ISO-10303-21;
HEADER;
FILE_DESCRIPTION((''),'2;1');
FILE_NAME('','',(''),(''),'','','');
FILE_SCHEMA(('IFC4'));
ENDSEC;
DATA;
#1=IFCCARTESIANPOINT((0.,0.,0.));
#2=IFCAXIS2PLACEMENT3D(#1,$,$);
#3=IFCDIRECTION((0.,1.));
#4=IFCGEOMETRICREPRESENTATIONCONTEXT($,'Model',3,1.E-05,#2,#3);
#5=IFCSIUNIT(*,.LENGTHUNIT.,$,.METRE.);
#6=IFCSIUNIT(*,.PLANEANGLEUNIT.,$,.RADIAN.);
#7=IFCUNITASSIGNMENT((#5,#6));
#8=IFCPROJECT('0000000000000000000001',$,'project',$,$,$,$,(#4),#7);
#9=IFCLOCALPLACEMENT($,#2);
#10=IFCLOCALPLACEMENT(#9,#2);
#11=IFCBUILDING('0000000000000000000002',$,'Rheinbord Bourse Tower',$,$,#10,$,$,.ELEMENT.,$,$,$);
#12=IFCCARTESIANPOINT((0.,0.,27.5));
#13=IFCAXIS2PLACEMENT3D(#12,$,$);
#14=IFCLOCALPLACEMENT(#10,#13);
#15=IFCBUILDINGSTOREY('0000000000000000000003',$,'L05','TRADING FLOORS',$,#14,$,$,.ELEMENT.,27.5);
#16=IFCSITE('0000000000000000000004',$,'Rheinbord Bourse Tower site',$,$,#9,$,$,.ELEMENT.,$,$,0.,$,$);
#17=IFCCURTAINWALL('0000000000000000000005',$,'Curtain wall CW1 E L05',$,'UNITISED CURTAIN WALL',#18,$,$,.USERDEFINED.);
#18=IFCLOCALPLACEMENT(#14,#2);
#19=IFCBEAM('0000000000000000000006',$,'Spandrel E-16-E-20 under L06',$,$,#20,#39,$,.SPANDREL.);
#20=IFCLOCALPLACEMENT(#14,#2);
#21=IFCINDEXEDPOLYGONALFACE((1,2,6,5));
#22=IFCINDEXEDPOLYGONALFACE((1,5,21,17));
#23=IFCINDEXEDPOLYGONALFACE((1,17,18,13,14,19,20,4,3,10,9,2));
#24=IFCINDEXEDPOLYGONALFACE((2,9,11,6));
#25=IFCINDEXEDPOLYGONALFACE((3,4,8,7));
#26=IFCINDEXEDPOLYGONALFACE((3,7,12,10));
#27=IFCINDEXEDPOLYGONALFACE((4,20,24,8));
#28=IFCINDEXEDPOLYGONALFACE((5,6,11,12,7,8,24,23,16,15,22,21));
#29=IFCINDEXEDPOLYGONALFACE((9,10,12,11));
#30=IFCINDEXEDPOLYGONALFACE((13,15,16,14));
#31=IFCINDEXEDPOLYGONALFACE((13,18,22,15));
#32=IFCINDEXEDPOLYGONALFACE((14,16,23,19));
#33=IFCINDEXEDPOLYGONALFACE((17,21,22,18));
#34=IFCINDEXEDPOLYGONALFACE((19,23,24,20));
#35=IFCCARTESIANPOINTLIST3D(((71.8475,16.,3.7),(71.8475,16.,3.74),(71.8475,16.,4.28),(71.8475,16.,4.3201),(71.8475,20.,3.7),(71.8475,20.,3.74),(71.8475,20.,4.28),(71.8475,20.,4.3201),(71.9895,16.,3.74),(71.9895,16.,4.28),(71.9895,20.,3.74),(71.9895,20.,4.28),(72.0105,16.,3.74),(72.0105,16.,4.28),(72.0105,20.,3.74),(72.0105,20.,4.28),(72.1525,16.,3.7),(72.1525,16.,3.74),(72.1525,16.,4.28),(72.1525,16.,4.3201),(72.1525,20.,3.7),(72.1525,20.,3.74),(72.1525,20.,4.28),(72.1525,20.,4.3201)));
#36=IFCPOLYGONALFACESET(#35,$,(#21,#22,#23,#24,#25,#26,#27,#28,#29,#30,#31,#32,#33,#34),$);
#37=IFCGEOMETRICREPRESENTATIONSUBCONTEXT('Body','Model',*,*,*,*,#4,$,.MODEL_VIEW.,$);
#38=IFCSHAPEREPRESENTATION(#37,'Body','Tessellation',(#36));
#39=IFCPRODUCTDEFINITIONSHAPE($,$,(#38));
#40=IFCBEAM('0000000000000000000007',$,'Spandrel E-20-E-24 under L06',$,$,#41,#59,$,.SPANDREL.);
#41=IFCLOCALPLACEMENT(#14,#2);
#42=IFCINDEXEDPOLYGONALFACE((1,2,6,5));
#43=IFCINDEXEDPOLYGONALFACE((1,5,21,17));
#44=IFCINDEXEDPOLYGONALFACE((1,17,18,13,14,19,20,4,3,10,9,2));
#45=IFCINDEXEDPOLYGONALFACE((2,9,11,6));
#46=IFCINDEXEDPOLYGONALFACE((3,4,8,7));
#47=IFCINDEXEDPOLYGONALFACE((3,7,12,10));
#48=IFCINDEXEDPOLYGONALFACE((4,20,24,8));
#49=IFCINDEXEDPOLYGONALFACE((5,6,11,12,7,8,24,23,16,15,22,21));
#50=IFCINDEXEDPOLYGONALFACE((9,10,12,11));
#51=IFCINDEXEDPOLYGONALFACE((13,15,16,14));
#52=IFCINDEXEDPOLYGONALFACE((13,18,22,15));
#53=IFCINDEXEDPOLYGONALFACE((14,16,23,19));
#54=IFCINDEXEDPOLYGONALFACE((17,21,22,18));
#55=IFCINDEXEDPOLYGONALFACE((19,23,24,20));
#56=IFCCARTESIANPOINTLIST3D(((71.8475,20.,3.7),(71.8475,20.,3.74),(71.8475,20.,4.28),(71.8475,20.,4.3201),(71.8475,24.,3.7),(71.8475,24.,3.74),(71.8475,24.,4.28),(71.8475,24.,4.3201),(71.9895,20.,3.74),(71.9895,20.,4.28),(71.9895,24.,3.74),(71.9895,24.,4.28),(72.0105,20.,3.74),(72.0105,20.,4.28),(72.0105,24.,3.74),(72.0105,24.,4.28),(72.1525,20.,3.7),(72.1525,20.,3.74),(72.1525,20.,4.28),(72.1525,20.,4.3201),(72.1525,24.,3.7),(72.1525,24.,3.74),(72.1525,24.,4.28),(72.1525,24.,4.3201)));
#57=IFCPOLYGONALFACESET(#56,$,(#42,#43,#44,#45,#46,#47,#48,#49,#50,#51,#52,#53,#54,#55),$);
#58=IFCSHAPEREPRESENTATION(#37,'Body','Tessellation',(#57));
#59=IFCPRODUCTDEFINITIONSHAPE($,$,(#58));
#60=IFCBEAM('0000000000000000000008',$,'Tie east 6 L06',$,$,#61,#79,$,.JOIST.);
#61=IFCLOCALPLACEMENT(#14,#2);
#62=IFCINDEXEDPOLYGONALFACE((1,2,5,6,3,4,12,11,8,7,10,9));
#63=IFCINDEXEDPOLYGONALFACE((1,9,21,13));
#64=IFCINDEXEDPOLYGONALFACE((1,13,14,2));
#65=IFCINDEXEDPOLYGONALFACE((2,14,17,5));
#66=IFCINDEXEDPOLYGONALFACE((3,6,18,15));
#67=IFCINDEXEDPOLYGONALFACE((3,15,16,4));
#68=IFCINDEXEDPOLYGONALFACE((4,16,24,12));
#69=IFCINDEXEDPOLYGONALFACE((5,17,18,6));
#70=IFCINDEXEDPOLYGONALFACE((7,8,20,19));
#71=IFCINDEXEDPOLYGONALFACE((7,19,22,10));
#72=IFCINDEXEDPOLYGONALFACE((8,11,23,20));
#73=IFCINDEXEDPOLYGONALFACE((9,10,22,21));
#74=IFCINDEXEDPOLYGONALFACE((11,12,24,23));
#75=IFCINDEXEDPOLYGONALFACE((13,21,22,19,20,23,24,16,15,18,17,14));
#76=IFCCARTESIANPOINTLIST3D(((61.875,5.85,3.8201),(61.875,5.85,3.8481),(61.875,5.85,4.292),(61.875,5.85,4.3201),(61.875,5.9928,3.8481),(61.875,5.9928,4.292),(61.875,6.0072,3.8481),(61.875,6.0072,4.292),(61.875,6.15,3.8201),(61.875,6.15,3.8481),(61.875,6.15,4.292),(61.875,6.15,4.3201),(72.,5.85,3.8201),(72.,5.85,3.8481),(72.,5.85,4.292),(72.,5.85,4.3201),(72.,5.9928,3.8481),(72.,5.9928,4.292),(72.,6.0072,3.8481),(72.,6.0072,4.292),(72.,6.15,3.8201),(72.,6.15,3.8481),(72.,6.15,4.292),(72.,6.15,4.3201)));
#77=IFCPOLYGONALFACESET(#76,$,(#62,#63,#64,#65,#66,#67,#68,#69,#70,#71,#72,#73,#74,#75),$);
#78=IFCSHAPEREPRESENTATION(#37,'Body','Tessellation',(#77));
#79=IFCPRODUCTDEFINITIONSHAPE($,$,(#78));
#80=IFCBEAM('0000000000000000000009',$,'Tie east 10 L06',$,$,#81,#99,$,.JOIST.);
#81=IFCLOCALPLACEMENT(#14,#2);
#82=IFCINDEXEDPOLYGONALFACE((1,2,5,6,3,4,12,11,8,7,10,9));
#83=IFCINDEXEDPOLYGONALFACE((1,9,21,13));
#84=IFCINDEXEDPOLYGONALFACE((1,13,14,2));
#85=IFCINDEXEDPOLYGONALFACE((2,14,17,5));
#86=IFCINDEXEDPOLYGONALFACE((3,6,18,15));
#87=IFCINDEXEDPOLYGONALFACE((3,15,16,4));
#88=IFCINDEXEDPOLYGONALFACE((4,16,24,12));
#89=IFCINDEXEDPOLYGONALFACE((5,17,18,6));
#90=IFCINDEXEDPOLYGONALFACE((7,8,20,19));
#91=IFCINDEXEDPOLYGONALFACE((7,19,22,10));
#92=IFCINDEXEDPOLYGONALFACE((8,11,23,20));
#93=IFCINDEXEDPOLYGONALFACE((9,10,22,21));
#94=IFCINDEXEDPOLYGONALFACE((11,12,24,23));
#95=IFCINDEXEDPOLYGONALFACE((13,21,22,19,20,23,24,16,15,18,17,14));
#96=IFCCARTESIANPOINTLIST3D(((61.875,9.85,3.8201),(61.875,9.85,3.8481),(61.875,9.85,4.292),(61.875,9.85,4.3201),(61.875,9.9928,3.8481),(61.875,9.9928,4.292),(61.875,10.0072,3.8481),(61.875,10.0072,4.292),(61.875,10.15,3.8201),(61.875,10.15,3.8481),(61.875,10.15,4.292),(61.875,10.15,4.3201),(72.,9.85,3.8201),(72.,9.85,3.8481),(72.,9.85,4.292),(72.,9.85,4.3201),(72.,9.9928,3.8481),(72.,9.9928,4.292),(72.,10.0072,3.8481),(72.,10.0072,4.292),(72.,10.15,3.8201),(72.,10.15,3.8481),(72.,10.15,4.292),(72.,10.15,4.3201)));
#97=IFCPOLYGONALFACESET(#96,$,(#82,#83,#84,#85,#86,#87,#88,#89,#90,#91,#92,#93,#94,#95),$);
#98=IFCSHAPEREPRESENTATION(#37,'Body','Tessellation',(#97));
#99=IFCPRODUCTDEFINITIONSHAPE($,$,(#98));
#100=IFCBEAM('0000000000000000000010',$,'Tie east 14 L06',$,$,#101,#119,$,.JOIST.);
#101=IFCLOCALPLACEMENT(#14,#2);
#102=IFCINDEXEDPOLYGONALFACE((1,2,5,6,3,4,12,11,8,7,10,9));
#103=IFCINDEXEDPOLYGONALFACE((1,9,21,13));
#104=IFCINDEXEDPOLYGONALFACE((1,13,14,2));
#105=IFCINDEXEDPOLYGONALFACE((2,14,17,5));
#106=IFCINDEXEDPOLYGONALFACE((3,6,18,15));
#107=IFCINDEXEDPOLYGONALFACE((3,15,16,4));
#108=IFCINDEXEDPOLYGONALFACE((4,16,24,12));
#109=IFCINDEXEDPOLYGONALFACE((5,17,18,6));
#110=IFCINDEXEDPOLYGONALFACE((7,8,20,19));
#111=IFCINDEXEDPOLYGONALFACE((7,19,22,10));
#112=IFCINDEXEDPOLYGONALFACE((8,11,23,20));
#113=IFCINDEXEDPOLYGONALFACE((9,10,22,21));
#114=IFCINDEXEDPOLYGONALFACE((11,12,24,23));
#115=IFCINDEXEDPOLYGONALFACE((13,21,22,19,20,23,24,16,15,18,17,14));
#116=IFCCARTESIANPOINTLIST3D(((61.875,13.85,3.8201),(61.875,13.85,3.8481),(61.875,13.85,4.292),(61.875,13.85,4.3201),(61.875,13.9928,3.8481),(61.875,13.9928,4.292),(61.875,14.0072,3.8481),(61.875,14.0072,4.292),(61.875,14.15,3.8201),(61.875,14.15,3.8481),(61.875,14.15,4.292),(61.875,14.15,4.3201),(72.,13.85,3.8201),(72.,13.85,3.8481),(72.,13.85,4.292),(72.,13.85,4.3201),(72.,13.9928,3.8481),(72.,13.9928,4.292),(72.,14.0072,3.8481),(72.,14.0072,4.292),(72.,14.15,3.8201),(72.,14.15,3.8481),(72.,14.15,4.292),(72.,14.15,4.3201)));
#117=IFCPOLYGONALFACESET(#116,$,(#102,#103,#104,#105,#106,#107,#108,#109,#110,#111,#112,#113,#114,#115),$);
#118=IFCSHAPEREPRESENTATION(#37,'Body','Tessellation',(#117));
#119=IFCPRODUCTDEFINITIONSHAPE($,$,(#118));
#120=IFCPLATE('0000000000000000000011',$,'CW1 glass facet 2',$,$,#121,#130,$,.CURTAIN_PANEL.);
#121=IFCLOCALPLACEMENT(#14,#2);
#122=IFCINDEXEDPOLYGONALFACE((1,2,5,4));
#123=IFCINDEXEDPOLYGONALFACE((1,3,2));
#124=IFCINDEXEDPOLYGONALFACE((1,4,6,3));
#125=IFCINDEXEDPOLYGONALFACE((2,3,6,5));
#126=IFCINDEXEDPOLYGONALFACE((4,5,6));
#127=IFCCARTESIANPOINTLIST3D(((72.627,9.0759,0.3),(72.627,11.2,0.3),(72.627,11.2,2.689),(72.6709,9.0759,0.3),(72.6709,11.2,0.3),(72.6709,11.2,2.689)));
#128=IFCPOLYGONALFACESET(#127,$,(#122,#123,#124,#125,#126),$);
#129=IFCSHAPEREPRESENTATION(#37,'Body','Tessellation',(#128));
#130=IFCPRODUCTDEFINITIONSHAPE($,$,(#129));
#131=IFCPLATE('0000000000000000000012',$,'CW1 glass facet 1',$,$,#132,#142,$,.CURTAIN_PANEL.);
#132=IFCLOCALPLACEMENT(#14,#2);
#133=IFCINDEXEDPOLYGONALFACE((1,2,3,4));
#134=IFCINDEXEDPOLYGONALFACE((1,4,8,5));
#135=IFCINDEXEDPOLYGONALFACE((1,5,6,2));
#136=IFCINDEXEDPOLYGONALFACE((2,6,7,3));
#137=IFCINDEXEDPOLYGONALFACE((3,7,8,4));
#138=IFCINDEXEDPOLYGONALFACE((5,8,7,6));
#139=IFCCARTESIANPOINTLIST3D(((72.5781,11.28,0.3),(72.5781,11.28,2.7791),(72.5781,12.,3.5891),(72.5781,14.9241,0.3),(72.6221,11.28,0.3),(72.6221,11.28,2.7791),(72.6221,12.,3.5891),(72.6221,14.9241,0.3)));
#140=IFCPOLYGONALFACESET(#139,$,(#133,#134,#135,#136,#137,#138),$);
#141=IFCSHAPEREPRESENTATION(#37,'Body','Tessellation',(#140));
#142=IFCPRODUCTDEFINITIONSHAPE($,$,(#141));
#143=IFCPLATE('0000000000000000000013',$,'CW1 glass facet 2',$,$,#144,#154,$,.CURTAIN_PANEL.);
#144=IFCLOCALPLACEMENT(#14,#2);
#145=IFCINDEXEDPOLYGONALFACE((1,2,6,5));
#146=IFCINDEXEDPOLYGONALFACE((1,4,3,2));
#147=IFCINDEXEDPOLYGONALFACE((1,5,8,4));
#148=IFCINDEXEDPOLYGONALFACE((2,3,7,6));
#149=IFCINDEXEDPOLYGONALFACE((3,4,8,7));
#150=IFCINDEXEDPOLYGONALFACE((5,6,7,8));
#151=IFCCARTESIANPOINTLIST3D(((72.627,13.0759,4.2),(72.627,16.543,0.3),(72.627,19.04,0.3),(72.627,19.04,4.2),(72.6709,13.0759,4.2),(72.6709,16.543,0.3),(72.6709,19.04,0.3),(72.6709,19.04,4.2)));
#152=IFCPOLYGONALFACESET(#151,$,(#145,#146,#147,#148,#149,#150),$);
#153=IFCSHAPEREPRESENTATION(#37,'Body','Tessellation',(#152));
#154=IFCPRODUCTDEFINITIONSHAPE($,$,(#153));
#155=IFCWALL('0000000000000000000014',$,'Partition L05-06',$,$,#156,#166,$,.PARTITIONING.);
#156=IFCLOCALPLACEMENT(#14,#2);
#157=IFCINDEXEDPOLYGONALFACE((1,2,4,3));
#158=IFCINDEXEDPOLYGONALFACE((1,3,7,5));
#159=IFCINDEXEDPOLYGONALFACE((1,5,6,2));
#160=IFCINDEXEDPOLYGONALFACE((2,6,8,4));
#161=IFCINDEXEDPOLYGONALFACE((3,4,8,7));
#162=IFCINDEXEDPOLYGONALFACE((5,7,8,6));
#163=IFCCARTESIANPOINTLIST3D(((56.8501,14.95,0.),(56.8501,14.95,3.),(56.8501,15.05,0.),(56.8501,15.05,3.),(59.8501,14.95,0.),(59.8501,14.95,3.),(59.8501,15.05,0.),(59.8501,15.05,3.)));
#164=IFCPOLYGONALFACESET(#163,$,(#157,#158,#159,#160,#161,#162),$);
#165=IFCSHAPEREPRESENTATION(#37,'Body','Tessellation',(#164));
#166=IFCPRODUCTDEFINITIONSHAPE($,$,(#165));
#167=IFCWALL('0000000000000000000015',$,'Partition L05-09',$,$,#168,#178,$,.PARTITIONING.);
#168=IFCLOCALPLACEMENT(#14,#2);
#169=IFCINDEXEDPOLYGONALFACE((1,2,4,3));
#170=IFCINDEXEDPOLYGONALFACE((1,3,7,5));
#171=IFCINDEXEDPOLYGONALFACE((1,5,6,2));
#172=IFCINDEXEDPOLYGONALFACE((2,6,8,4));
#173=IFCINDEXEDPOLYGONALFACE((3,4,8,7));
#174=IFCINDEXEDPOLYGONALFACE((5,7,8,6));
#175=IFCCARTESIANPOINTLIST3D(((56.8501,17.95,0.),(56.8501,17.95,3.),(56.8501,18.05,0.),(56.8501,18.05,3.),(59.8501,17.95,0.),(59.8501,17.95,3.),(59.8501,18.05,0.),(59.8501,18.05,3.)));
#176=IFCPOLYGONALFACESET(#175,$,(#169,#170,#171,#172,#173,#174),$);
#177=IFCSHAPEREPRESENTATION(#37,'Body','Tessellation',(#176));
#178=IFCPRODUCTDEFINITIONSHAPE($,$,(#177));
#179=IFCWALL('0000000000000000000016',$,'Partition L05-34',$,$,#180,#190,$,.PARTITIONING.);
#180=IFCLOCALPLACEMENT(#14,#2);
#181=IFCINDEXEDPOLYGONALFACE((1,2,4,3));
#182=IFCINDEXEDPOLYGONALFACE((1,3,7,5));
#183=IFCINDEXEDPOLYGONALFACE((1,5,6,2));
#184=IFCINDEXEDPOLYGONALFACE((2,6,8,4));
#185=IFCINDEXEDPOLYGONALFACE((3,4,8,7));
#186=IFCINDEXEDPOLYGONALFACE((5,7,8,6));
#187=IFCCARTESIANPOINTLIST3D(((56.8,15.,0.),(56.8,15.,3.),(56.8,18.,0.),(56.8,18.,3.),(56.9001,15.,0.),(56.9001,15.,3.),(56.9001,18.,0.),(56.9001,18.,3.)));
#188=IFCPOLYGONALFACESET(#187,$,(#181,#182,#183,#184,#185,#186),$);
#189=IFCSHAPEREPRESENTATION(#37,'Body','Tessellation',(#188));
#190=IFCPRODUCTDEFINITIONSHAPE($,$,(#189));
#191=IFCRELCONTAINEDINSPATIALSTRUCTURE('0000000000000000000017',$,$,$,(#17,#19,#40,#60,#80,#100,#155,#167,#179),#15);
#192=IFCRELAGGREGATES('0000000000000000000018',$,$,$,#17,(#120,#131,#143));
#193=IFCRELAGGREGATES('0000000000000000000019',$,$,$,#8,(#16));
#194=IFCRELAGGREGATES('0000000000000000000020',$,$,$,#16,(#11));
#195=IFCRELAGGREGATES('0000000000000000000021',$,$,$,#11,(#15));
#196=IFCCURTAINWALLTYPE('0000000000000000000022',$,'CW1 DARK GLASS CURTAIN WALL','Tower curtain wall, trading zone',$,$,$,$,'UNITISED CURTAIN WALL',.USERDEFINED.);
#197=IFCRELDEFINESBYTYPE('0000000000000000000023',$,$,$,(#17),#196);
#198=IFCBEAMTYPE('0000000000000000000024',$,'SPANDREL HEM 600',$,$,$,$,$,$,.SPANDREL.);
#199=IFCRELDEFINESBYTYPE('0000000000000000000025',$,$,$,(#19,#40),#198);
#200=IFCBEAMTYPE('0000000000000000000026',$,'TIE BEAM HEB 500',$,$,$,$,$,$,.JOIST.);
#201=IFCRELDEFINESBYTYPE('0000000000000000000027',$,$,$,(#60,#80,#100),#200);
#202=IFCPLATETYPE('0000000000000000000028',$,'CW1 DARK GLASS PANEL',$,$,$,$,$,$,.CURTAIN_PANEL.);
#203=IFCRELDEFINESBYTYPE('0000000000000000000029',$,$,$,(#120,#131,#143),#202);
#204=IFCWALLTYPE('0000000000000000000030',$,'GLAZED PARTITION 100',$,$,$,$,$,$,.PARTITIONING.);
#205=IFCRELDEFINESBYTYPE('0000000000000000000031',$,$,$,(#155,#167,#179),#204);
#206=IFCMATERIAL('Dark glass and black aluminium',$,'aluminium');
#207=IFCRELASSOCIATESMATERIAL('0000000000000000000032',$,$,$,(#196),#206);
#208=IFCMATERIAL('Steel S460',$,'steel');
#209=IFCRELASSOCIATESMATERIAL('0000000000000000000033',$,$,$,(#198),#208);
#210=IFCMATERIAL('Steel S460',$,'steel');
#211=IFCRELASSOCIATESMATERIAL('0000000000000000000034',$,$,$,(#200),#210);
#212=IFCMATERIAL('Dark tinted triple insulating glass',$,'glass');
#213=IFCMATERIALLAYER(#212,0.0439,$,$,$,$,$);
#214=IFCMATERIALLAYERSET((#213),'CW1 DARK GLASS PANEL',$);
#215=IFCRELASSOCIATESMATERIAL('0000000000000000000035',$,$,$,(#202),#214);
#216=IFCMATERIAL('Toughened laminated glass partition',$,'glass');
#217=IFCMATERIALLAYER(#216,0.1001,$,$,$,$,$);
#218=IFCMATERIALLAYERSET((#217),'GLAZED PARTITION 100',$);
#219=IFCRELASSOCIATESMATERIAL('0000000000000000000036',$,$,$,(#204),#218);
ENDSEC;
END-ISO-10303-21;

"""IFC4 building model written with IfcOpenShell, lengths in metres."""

from ifc_helpers import new_model, si_unit, direction, frame, frame_2d, origin, origin_2d, place, context, subcontext, project, spatial, polyline, rectangle, i_section, outline, extrude, material, layer, layer_set, material_profile, profile_set, type_object, element, aggregate, save


model = new_model("IFC4")

# Units and contexts
model_context = context("Model", 3, precision=1e-05, world=origin(), true_north=direction((0.0, 1.0)))
body_context = subcontext(model_context, "Body", "Model", "MODEL_VIEW")
ifc_project = project(units=[si_unit("LENGTHUNIT", "METRE"), si_unit("PLANEANGLEUNIT", "RADIAN")], contexts=[model_context])

# Site, building, storey
site_placement = place(None, origin())
site = spatial("IfcSite", under=ifc_project, at=site_placement, Name="Rheinbord Bourse Tower site", CompositionType="ELEMENT", RefElevation=0.0)
building_placement = place(site_placement, origin())
building = spatial("IfcBuilding", under=site, at=building_placement, Name="Rheinbord Bourse Tower", CompositionType="ELEMENT")
storey_placement = place(building_placement, frame((0.0, 0.0, 27.5)))
storey = spatial("IfcBuildingStorey", under=building, at=storey_placement, Name="L05", Description="TRADING FLOORS", CompositionType="ELEMENT", Elevation=27.5)

# Curtain wall
ifc_material_1 = material(Name="Dark glass and black aluminium", Category="aluminium")
curtain_wall_type = type_object("IfcCurtainWallType", Name="CW1 DARK GLASS CURTAIN WALL", Description="Tower curtain wall, trading zone", ElementType="UNITISED CURTAIN WALL", PredefinedType="USERDEFINED", material=ifc_material_1)
curtain_wall_placement = place(storey_placement, origin())
curtain_wall = element("IfcCurtainWall", 1, at=curtain_wall_placement, inside=storey, type_object=curtain_wall_type, Name="Curtain wall CW1 E L05", ObjectType="UNITISED CURTAIN WALL", PredefinedType="USERDEFINED")

# Beams
ifc_material_2 = material(Name="Steel S460", Category="steel")
ifc_material_profile_1 = material_profile(ifc_material_2, i_section(OverallWidth=0.3049, OverallDepth=0.6201, WebThickness=0.021, FlangeThickness=0.04, at=origin_2d()), Name="HEM 600")
ifc_profile_set_1 = profile_set([ifc_material_profile_1], Name="Steel S460")
beam_type_1 = type_object("IfcBeamType", Name="SPANDREL HEM 600", PredefinedType="SPANDREL", material=ifc_profile_set_1)
for number, where, z_axis, x_axis, name in (
    (2, (72.0, 16.0, 4.01), (0.0, 1.0, 0.0), (-1.0, 0.0, 0.0), "Spandrel E-16-E-20 under L06"),
    (3, (72.0, 20.0, 4.01), (0.0, 1.0, 0.0), (-1.0, 0.0, 0.0), "Spandrel E-20-E-24 under L06"),
):
    element("IfcBeam", number, at=place(storey_placement, frame(where, z_axis=z_axis, x_axis=x_axis)), inside=storey, type_object=beam_type_1, Name=name, PredefinedType="SPANDREL", context=body_context, shape_type="SweptSolid", body=[
        extrude(i_section(OverallWidth=0.3049, OverallDepth=0.6201, WebThickness=0.021, FlangeThickness=0.04, at=origin_2d()), origin(), (0.0, 0.0, 1.0), 4.0),
    ])
ifc_material_3 = material(Name="Steel S460", Category="steel")
ifc_material_profile_2 = material_profile(ifc_material_3, i_section(OverallWidth=0.3, OverallDepth=0.5, WebThickness=0.0144, FlangeThickness=0.0281, at=origin_2d()), Name="HEB 500")
ifc_profile_set_2 = profile_set([ifc_material_profile_2], Name="Steel S460")
beam_type_2 = type_object("IfcBeamType", Name="TIE BEAM HEB 500", PredefinedType="JOIST", material=ifc_profile_set_2)
for number, where, z_axis, x_axis, name in (
    (4, (61.875, 6.0, 4.0701), (1.0, 0.0, 0.0), (0.0, 1.0, 0.0), "Tie east 6 L06"),
    (5, (61.875, 10.0, 4.0701), (1.0, 0.0, 0.0), (0.0, 1.0, 0.0), "Tie east 10 L06"),
    (6, (61.875, 14.0, 4.0701), (1.0, 0.0, 0.0), (0.0, 1.0, 0.0), "Tie east 14 L06"),
):
    element("IfcBeam", number, at=place(storey_placement, frame(where, z_axis=z_axis, x_axis=x_axis)), inside=storey, type_object=beam_type_2, Name=name, PredefinedType="JOIST", context=body_context, shape_type="SweptSolid", body=[
        extrude(i_section(OverallWidth=0.3, OverallDepth=0.5, WebThickness=0.0144, FlangeThickness=0.0281, at=origin_2d()), origin(), (0.0, 0.0, 1.0), 10.125),
    ])

# Plates
ifc_material_4 = material(Name="Dark tinted triple insulating glass", Category="glass")
ifc_layer_1 = layer(ifc_material_4, 0.0439)
ifc_layer_set_1 = layer_set([ifc_layer_1], Name="CW1 DARK GLASS PANEL")
plate_type = type_object("IfcPlateType", Name="CW1 DARK GLASS PANEL", PredefinedType="CURTAIN_PANEL", material=ifc_layer_set_1)
plate_1_placement = place(storey_placement, frame((72.6709, 11.2, 0.3), z_axis=(-1.0, 0.0, 0.0), x_axis=(0.0, -1.0, 0.0)))
plate_1 = element("IfcPlate", 7, at=plate_1_placement, type_object=plate_type, Name="CW1 glass facet 2", PredefinedType="CURTAIN_PANEL", context=body_context, shape_type="SweptSolid", body=[
    extrude(outline(polyline([(0.0, 0.0), (2.124, 0.0), (0.0, 2.3889), (0.0, 0.0)])), origin(), (0.0, 0.0, 1.0), 0.0439),
])
plate_2_placement = place(storey_placement, frame((72.6221, 11.28, 0.3), z_axis=(-1.0, 0.0, 0.0), x_axis=(0.0, 0.0, 1.0)))
plate_2 = element("IfcPlate", 8, at=plate_2_placement, type_object=plate_type, Name="CW1 glass facet 1", PredefinedType="CURTAIN_PANEL", context=body_context, shape_type="SweptSolid", body=[
    extrude(outline(polyline([(0.0, 0.0), (2.479, 0.0), (3.2891, 0.72), (0.0, 3.644), (0.0, 0.0)])), origin(), (0.0, 0.0, 1.0), 0.0439),
])
plate_3_placement = place(storey_placement, frame((72.6709, 19.04, 4.2), z_axis=(-1.0, 0.0, 0.0), x_axis=(0.0, 0.0, -1.0)))
plate_3 = element("IfcPlate", 9, at=plate_3_placement, type_object=plate_type, Name="CW1 glass facet 2", PredefinedType="CURTAIN_PANEL", context=body_context, shape_type="SweptSolid", body=[
    extrude(outline(polyline([(0.0, 0.0), (3.8999, 0.0), (3.8999, 2.4971), (0.0, 5.9641), (0.0, 0.0)])), origin(), (0.0, 0.0, 1.0), 0.0439),
])
aggregate(curtain_wall, [plate_1, plate_2, plate_3])

# Walls
ifc_material_5 = material(Name="Toughened laminated glass partition", Category="glass")
ifc_layer_2 = layer(ifc_material_5, 0.1001)
ifc_layer_set_2 = layer_set([ifc_layer_2], Name="GLAZED PARTITION 100")
wall_type_1 = type_object("IfcWallType", Name="GLAZED PARTITION 100", PredefinedType="PARTITIONING", material=ifc_layer_set_2)
for number, where, z_axis, x_axis, name in (
    (10, (56.8501, 15.0, 0.0), (0.0, 0.0, 1.0), (1.0, 0.0, 0.0), "Partition L05-06"),
    (11, (56.8501, 18.0, 0.0), (0.0, 0.0, 1.0), (1.0, 0.0, 0.0), "Partition L05-09"),
    (12, (56.8501, 15.0, 0.0), (0.0, 0.0, 1.0), (0.0, 1.0, 0.0), "Partition L05-34"),
):
    element("IfcWall", number, at=place(storey_placement, frame(where, z_axis=z_axis, x_axis=x_axis)), inside=storey, type_object=wall_type_1, Name=name, PredefinedType="PARTITIONING", context=body_context, shape_type="SweptSolid", body=[
        extrude(rectangle(XDim=3.0, YDim=0.1001, at=frame_2d((1.5, 0.0))), origin(), (0.0, 0.0, 1.0), 3.0),
    ])

save(model, "model.ifc")
